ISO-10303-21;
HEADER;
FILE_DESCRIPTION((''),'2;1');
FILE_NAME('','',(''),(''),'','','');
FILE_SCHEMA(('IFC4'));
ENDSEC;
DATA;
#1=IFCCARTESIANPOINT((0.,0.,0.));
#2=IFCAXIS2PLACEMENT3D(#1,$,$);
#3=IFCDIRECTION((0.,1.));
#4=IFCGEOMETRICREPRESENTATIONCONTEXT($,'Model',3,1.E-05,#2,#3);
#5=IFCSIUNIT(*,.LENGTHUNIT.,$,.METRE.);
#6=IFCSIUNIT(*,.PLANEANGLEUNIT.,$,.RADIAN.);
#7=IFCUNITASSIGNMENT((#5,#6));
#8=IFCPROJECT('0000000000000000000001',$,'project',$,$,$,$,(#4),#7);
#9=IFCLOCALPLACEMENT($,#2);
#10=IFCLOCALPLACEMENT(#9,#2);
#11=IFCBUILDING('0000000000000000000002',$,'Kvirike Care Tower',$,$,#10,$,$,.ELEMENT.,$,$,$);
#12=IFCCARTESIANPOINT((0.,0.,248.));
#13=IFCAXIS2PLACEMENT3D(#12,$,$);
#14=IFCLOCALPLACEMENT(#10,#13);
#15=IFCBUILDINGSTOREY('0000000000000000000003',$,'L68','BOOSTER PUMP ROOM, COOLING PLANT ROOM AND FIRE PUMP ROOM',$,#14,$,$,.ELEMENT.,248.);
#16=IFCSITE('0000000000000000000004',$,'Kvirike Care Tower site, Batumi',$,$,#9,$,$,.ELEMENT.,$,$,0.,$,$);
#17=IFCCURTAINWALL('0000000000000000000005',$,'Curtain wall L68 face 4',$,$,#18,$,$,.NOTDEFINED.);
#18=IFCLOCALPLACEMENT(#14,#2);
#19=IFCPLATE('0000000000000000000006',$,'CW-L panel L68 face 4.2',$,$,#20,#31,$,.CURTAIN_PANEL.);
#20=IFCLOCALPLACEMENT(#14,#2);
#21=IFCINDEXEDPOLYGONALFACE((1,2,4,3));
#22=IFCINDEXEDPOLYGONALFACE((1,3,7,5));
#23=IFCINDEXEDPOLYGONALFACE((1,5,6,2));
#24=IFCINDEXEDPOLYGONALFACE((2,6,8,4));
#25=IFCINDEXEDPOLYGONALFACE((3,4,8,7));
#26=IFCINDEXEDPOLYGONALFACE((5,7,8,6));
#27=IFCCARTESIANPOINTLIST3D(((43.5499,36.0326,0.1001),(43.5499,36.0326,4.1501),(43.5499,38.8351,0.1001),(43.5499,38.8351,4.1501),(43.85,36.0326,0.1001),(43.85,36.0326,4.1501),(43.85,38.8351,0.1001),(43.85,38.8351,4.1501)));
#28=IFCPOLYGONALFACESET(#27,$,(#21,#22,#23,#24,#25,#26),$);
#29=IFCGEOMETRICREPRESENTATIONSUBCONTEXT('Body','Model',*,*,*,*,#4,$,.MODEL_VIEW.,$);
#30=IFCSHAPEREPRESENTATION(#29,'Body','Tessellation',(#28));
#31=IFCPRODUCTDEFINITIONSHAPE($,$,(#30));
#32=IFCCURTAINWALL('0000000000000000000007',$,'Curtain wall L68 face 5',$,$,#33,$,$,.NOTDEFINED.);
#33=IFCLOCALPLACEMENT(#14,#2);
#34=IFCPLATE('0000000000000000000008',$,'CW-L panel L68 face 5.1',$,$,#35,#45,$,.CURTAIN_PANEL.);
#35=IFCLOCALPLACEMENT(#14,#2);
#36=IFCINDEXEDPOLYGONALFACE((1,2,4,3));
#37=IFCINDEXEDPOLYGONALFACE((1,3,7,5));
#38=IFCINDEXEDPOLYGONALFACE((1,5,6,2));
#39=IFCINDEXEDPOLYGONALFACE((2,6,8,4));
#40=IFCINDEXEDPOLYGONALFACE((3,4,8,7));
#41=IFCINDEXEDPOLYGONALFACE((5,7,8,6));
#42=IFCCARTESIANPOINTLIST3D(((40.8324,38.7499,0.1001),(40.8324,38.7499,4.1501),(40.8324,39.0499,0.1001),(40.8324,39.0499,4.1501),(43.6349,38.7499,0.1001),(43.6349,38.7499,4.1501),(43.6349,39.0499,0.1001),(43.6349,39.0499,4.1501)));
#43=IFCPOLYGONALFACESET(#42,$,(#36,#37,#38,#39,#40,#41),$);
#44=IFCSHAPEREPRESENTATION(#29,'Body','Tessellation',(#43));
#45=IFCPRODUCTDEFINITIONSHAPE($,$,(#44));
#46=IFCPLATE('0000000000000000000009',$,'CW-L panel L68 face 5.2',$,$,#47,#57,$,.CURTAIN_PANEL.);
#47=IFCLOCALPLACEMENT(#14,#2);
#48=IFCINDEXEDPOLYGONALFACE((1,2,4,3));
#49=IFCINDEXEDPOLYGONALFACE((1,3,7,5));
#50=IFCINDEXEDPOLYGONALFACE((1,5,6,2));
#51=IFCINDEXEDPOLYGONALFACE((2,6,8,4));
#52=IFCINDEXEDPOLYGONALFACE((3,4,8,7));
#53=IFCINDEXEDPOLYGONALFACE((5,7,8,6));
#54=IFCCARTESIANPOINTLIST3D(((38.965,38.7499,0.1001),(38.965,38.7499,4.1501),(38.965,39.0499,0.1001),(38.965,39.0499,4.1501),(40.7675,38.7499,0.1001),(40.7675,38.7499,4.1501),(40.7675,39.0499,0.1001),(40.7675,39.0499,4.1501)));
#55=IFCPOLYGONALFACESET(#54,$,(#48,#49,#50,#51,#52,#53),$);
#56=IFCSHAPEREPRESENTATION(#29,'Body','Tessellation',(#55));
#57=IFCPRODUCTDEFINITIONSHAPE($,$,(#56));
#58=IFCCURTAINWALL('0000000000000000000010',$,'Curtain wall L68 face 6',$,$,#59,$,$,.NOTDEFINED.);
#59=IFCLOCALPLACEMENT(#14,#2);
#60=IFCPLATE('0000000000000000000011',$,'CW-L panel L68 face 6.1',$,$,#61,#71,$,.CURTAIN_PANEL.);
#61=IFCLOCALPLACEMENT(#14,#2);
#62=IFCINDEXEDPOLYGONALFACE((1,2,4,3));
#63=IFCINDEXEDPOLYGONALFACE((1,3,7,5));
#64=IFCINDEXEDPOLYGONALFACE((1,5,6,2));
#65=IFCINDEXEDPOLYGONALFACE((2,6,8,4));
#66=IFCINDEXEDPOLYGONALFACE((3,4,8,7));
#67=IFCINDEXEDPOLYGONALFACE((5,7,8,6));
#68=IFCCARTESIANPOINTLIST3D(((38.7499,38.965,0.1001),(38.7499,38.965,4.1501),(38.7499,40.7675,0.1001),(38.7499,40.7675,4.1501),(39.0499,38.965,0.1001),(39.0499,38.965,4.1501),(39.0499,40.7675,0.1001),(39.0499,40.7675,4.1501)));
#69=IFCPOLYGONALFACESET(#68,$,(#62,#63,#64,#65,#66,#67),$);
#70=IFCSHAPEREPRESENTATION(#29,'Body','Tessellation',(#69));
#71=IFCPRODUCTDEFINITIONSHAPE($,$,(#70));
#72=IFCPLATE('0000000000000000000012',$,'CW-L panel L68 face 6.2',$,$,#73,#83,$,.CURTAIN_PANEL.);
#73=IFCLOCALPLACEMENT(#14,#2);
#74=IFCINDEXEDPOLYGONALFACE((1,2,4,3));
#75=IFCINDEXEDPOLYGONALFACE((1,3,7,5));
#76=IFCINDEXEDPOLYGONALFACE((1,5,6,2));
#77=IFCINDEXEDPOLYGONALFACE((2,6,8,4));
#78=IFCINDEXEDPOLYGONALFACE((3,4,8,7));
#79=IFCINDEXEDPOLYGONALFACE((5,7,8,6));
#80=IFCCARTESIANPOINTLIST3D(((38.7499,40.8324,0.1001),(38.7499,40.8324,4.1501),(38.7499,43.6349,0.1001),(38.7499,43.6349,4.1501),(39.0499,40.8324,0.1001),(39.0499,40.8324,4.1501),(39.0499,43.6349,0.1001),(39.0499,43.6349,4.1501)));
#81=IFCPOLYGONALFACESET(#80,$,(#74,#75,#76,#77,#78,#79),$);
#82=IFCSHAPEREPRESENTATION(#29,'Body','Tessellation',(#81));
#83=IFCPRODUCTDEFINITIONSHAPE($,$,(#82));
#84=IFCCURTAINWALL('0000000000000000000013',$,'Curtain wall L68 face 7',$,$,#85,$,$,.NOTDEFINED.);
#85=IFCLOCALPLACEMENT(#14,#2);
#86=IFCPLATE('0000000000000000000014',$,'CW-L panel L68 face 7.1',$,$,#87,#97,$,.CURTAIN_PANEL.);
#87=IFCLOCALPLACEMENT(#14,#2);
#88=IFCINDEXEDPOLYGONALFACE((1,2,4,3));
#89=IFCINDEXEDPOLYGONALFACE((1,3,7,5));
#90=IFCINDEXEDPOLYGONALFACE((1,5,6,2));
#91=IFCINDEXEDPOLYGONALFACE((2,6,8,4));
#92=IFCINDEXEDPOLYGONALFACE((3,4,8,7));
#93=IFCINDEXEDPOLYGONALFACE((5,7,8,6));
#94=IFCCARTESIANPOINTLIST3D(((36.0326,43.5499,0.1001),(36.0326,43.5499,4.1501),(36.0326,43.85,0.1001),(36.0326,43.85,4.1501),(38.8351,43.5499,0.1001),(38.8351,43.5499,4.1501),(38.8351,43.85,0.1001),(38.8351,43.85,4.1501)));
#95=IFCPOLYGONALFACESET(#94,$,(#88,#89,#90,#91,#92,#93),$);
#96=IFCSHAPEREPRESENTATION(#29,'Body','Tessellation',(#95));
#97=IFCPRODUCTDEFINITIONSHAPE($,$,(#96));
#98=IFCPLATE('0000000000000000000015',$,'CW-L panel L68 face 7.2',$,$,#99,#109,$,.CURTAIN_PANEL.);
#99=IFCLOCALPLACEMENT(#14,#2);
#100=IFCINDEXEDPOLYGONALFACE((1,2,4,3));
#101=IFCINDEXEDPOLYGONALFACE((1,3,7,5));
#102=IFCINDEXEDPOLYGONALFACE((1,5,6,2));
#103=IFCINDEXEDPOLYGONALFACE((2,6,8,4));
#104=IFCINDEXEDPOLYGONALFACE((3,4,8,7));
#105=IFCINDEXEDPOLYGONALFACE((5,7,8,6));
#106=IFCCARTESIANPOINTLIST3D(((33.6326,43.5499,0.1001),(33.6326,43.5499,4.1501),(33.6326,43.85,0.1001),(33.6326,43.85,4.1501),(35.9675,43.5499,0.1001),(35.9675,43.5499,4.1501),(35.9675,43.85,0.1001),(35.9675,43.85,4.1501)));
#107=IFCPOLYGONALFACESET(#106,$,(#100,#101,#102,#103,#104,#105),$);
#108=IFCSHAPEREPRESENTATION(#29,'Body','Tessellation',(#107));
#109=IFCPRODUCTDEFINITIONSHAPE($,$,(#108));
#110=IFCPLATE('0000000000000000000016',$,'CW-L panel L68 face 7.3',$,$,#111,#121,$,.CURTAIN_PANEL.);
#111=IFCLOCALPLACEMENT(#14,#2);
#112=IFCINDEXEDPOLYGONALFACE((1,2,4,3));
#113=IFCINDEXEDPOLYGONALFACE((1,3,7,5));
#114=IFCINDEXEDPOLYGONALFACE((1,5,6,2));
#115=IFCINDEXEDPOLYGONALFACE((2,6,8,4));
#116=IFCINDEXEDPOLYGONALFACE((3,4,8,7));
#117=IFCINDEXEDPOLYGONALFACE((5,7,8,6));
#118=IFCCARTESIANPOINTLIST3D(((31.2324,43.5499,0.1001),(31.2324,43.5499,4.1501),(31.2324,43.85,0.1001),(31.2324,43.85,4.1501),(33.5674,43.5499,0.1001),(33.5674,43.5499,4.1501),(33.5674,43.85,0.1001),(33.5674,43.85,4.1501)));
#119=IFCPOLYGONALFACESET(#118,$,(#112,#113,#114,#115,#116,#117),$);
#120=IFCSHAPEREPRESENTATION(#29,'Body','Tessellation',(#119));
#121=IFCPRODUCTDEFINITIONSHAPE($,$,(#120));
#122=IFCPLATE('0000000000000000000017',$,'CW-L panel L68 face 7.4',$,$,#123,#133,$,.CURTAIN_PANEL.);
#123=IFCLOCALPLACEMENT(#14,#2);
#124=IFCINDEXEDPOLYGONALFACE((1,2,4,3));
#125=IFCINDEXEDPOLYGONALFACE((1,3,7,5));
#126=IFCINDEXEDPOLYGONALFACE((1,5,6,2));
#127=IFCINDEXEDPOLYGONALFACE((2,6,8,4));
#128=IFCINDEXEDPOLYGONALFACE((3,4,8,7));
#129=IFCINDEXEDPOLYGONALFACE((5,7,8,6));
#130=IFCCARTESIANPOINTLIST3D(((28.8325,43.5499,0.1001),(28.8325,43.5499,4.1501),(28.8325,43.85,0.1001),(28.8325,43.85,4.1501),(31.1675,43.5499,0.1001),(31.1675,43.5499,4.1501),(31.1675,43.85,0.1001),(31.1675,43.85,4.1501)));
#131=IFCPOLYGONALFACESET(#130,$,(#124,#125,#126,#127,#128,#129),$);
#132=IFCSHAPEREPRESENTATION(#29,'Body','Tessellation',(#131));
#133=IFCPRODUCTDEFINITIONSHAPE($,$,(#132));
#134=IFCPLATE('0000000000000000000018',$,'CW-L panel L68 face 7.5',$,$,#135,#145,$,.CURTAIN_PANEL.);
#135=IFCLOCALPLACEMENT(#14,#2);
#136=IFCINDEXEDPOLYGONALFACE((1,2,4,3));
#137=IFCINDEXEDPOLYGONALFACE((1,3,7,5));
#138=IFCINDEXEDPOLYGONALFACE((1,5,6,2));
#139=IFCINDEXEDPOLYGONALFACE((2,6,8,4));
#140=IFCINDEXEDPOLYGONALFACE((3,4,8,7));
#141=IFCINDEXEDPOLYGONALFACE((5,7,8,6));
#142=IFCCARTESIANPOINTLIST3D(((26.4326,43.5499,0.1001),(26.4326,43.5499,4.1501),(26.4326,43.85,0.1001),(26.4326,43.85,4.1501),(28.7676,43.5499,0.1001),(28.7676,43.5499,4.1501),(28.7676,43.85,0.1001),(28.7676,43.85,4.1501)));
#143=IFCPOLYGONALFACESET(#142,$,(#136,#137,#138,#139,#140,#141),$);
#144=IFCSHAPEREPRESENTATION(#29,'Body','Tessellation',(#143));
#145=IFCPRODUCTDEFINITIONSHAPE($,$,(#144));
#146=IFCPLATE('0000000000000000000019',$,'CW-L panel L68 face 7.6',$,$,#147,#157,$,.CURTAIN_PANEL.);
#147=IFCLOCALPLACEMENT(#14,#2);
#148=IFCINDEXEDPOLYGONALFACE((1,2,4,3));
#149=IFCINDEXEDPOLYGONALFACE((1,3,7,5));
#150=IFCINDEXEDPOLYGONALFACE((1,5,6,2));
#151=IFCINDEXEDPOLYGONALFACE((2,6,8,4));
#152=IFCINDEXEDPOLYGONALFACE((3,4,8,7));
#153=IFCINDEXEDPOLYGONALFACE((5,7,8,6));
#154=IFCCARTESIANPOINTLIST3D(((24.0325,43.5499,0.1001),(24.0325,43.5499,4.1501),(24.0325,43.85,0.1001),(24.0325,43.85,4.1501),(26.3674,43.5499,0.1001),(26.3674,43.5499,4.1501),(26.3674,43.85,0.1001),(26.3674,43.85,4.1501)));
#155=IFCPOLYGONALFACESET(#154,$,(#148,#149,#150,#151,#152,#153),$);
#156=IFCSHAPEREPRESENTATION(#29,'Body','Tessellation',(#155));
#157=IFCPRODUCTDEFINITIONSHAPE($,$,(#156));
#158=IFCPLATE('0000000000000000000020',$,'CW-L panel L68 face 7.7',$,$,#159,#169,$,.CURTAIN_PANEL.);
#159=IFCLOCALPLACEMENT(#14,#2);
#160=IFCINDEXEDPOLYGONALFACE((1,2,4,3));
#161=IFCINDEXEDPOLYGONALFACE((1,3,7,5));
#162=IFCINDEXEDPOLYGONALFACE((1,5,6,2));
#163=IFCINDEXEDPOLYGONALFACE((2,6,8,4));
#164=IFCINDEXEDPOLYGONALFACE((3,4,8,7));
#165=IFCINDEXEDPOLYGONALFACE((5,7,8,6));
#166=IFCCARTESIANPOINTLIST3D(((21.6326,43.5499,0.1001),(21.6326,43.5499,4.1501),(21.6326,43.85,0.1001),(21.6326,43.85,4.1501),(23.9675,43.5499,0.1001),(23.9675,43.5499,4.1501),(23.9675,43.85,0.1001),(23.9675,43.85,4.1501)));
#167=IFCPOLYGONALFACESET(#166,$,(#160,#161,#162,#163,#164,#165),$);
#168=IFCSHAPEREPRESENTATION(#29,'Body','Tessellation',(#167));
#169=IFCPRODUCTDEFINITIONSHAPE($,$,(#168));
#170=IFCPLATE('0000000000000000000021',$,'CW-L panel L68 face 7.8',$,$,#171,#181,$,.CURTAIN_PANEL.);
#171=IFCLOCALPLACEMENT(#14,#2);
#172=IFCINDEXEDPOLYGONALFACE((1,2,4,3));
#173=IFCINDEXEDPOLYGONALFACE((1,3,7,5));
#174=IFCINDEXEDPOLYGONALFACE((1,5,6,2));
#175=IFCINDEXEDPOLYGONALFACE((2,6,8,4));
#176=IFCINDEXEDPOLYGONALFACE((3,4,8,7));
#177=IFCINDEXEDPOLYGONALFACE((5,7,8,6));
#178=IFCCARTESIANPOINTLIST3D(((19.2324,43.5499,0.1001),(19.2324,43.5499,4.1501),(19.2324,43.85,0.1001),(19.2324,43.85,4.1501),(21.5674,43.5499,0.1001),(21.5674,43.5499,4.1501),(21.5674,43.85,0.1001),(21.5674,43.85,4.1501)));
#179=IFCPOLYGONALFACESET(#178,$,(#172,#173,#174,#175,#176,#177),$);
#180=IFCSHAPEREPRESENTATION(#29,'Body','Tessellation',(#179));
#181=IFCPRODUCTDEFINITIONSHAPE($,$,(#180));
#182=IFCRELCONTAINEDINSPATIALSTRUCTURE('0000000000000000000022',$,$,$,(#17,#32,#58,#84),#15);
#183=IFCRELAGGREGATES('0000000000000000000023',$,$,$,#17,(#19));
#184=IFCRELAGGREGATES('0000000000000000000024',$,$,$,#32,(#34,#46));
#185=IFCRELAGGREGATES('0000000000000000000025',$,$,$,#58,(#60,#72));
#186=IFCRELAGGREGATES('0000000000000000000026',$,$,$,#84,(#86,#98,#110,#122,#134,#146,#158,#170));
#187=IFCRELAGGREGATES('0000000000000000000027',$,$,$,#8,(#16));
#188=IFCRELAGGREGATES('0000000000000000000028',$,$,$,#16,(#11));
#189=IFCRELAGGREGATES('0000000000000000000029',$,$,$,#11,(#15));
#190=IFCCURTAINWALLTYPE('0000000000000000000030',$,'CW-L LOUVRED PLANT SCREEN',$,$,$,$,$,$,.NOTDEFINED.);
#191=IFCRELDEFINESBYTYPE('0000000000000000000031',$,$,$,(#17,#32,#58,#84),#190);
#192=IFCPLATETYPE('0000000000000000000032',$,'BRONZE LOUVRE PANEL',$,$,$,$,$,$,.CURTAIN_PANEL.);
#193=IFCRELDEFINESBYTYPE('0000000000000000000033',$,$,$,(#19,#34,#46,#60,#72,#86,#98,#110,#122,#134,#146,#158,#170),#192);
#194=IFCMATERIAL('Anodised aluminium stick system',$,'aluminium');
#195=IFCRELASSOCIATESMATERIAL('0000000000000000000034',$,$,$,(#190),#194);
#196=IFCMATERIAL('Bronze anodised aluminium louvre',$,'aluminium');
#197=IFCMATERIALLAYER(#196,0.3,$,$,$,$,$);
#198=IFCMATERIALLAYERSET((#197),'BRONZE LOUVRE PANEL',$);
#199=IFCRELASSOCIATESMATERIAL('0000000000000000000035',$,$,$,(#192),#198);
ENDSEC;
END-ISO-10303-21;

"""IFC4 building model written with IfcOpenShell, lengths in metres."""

from ifc_helpers import new_model, si_unit, direction, frame, origin, origin_2d, place, context, subcontext, project, spatial, rectangle, extrude, material, layer, layer_set, type_object, element, aggregate, save


model = new_model("IFC4")

# Units and contexts
model_context = context("Model", 3, precision=1e-05, world=origin(), true_north=direction((0.0, 1.0)))
body_context = subcontext(model_context, "Body", "Model", "MODEL_VIEW")
ifc_project = project(units=[si_unit("LENGTHUNIT", "METRE"), si_unit("PLANEANGLEUNIT", "RADIAN")], contexts=[model_context])

# Site, building, storey
site_placement = place(None, origin())
site = spatial("IfcSite", under=ifc_project, at=site_placement, Name="Kvirike Care Tower site, Batumi", CompositionType="ELEMENT", RefElevation=0.0)
building_placement = place(site_placement, origin())
building = spatial("IfcBuilding", under=site, at=building_placement, Name="Kvirike Care Tower", CompositionType="ELEMENT")
storey_placement = place(building_placement, frame((0.0, 0.0, 248.0)))
storey = spatial("IfcBuildingStorey", under=building, at=storey_placement, Name="L68", Description="BOOSTER PUMP ROOM, COOLING PLANT ROOM AND FIRE PUMP ROOM", CompositionType="ELEMENT", Elevation=248.0)

# Curtain walls, plates
ifc_material_1 = material(Name="Anodised aluminium stick system", Category="aluminium")
curtain_wall_type = type_object("IfcCurtainWallType", Name="CW-L LOUVRED PLANT SCREEN", PredefinedType="NOTDEFINED", material=ifc_material_1)
ifc_material_2 = material(Name="Bronze anodised aluminium louvre", Category="aluminium")
ifc_layer = layer(ifc_material_2, 0.3)
ifc_layer_set = layer_set([ifc_layer], Name="BRONZE LOUVRE PANEL")
plate_type = type_object("IfcPlateType", Name="BRONZE LOUVRE PANEL", PredefinedType="CURTAIN_PANEL", material=ifc_layer_set)
curtain_wall_1_placement = place(storey_placement, origin())
curtain_wall_1 = element("IfcCurtainWall", 1, at=curtain_wall_1_placement, inside=storey, type_object=curtain_wall_type, Name="Curtain wall L68 face 4", PredefinedType="NOTDEFINED")
plate_1_placement = place(storey_placement, frame((43.7, 37.4338, 0.1001), z_axis=(0.0, 0.0, 1.0), x_axis=(0.0, 1.0, 0.0)))
plate_1 = element("IfcPlate", 2, at=plate_1_placement, type_object=plate_type, Name="CW-L panel L68 face 4.2", PredefinedType="CURTAIN_PANEL", context=body_context, shape_type="SweptSolid", body=[
    extrude(rectangle(XDim=2.8025, YDim=0.3, at=origin_2d()), origin(), (0.0, 0.0, 1.0), 4.05),
])
aggregate(curtain_wall_1, [plate_1])
curtain_wall_2_placement = place(storey_placement, origin())
curtain_wall_2 = element("IfcCurtainWall", 3, at=curtain_wall_2_placement, inside=storey, type_object=curtain_wall_type, Name="Curtain wall L68 face 5", PredefinedType="NOTDEFINED")
plate_2_placement = place(storey_placement, frame((42.2336, 38.8999, 0.1001), z_axis=(0.0, 0.0, 1.0), x_axis=(-1.0, 0.0, 0.0)))
plate_2 = element("IfcPlate", 4, at=plate_2_placement, type_object=plate_type, Name="CW-L panel L68 face 5.1", PredefinedType="CURTAIN_PANEL", context=body_context, shape_type="SweptSolid", body=[
    extrude(rectangle(XDim=2.8025, YDim=0.3, at=origin_2d()), origin(), (0.0, 0.0, 1.0), 4.05),
])
plate_3_placement = place(storey_placement, frame((39.8662, 38.8999, 0.1001), z_axis=(0.0, 0.0, 1.0), x_axis=(-1.0, 0.0, 0.0)))
plate_3 = element("IfcPlate", 5, at=plate_3_placement, type_object=plate_type, Name="CW-L panel L68 face 5.2", PredefinedType="CURTAIN_PANEL", context=body_context, shape_type="SweptSolid", body=[
    extrude(rectangle(XDim=1.8025, YDim=0.3, at=origin_2d()), origin(), (0.0, 0.0, 1.0), 4.05),
])
aggregate(curtain_wall_2, [plate_2, plate_3])
curtain_wall_3_placement = place(storey_placement, origin())
curtain_wall_3 = element("IfcCurtainWall", 6, at=curtain_wall_3_placement, inside=storey, type_object=curtain_wall_type, Name="Curtain wall L68 face 6", PredefinedType="NOTDEFINED")
plate_4_placement = place(storey_placement, frame((38.8999, 39.8662, 0.1001), z_axis=(0.0, 0.0, 1.0), x_axis=(0.0, 1.0, 0.0)))
plate_4 = element("IfcPlate", 7, at=plate_4_placement, type_object=plate_type, Name="CW-L panel L68 face 6.1", PredefinedType="CURTAIN_PANEL", context=body_context, shape_type="SweptSolid", body=[
    extrude(rectangle(XDim=1.8025, YDim=0.3, at=origin_2d()), origin(), (0.0, 0.0, 1.0), 4.05),
])
plate_5_placement = place(storey_placement, frame((38.8999, 42.2336, 0.1001), z_axis=(0.0, 0.0, 1.0), x_axis=(0.0, 1.0, 0.0)))
plate_5 = element("IfcPlate", 8, at=plate_5_placement, type_object=plate_type, Name="CW-L panel L68 face 6.2", PredefinedType="CURTAIN_PANEL", context=body_context, shape_type="SweptSolid", body=[
    extrude(rectangle(XDim=2.8025, YDim=0.3, at=origin_2d()), origin(), (0.0, 0.0, 1.0), 4.05),
])
aggregate(curtain_wall_3, [plate_4, plate_5])
curtain_wall_4_placement = place(storey_placement, origin())
curtain_wall_4 = element("IfcCurtainWall", 9, at=curtain_wall_4_placement, inside=storey, type_object=curtain_wall_type, Name="Curtain wall L68 face 7", PredefinedType="NOTDEFINED")
plate_6_placement = place(storey_placement, frame((37.4338, 43.7, 0.1001), z_axis=(0.0, 0.0, 1.0), x_axis=(-1.0, 0.0, 0.0)))
plate_6 = element("IfcPlate", 10, at=plate_6_placement, type_object=plate_type, Name="CW-L panel L68 face 7.1", PredefinedType="CURTAIN_PANEL", context=body_context, shape_type="SweptSolid", body=[
    extrude(rectangle(XDim=2.8025, YDim=0.3, at=origin_2d()), origin(), (0.0, 0.0, 1.0), 4.05),
])
plate_7_placement = place(storey_placement, frame((34.8, 43.7, 0.1001), z_axis=(0.0, 0.0, 1.0), x_axis=(-1.0, 0.0, 0.0)))
plate_7 = element("IfcPlate", 11, at=plate_7_placement, type_object=plate_type, Name="CW-L panel L68 face 7.2", PredefinedType="CURTAIN_PANEL", context=body_context, shape_type="SweptSolid", body=[
    extrude(rectangle(XDim=2.335, YDim=0.3, at=origin_2d()), origin(), (0.0, 0.0, 1.0), 4.05),
])
plate_8_placement = place(storey_placement, frame((32.3999, 43.7, 0.1001), z_axis=(0.0, 0.0, 1.0), x_axis=(-1.0, 0.0, 0.0)))
plate_8 = element("IfcPlate", 12, at=plate_8_placement, type_object=plate_type, Name="CW-L panel L68 face 7.3", PredefinedType="CURTAIN_PANEL", context=body_context, shape_type="SweptSolid", body=[
    extrude(rectangle(XDim=2.335, YDim=0.3, at=origin_2d()), origin(), (0.0, 0.0, 1.0), 4.05),
])
plate_9_placement = place(storey_placement, frame((30.0, 43.7, 0.1001), z_axis=(0.0, 0.0, 1.0), x_axis=(-1.0, 0.0, 0.0)))
plate_9 = element("IfcPlate", 13, at=plate_9_placement, type_object=plate_type, Name="CW-L panel L68 face 7.4", PredefinedType="CURTAIN_PANEL", context=body_context, shape_type="SweptSolid", body=[
    extrude(rectangle(XDim=2.335, YDim=0.3, at=origin_2d()), origin(), (0.0, 0.0, 1.0), 4.05),
])
plate_10_placement = place(storey_placement, frame((27.6001, 43.7, 0.1001), z_axis=(0.0, 0.0, 1.0), x_axis=(-1.0, 0.0, 0.0)))
plate_10 = element("IfcPlate", 14, at=plate_10_placement, type_object=plate_type, Name="CW-L panel L68 face 7.5", PredefinedType="CURTAIN_PANEL", context=body_context, shape_type="SweptSolid", body=[
    extrude(rectangle(XDim=2.335, YDim=0.3, at=origin_2d()), origin(), (0.0, 0.0, 1.0), 4.05),
])
plate_11_placement = place(storey_placement, frame((25.2, 43.7, 0.1001), z_axis=(0.0, 0.0, 1.0), x_axis=(-1.0, 0.0, 0.0)))
plate_11 = element("IfcPlate", 15, at=plate_11_placement, type_object=plate_type, Name="CW-L panel L68 face 7.6", PredefinedType="CURTAIN_PANEL", context=body_context, shape_type="SweptSolid", body=[
    extrude(rectangle(XDim=2.335, YDim=0.3, at=origin_2d()), origin(), (0.0, 0.0, 1.0), 4.05),
])
plate_12_placement = place(storey_placement, frame((22.8, 43.7, 0.1001), z_axis=(0.0, 0.0, 1.0), x_axis=(-1.0, 0.0, 0.0)))
plate_12 = element("IfcPlate", 16, at=plate_12_placement, type_object=plate_type, Name="CW-L panel L68 face 7.7", PredefinedType="CURTAIN_PANEL", context=body_context, shape_type="SweptSolid", body=[
    extrude(rectangle(XDim=2.335, YDim=0.3, at=origin_2d()), origin(), (0.0, 0.0, 1.0), 4.05),
])
plate_13_placement = place(storey_placement, frame((20.3999, 43.7, 0.1001), z_axis=(0.0, 0.0, 1.0), x_axis=(-1.0, 0.0, 0.0)))
plate_13 = element("IfcPlate", 17, at=plate_13_placement, type_object=plate_type, Name="CW-L panel L68 face 7.8", PredefinedType="CURTAIN_PANEL", context=body_context, shape_type="SweptSolid", body=[
    extrude(rectangle(XDim=2.335, YDim=0.3, at=origin_2d()), origin(), (0.0, 0.0, 1.0), 4.05),
])
aggregate(curtain_wall_4, [plate_6, plate_7, plate_8, plate_9, plate_10, plate_11, plate_12, plate_13])

save(model, "model.ifc")
